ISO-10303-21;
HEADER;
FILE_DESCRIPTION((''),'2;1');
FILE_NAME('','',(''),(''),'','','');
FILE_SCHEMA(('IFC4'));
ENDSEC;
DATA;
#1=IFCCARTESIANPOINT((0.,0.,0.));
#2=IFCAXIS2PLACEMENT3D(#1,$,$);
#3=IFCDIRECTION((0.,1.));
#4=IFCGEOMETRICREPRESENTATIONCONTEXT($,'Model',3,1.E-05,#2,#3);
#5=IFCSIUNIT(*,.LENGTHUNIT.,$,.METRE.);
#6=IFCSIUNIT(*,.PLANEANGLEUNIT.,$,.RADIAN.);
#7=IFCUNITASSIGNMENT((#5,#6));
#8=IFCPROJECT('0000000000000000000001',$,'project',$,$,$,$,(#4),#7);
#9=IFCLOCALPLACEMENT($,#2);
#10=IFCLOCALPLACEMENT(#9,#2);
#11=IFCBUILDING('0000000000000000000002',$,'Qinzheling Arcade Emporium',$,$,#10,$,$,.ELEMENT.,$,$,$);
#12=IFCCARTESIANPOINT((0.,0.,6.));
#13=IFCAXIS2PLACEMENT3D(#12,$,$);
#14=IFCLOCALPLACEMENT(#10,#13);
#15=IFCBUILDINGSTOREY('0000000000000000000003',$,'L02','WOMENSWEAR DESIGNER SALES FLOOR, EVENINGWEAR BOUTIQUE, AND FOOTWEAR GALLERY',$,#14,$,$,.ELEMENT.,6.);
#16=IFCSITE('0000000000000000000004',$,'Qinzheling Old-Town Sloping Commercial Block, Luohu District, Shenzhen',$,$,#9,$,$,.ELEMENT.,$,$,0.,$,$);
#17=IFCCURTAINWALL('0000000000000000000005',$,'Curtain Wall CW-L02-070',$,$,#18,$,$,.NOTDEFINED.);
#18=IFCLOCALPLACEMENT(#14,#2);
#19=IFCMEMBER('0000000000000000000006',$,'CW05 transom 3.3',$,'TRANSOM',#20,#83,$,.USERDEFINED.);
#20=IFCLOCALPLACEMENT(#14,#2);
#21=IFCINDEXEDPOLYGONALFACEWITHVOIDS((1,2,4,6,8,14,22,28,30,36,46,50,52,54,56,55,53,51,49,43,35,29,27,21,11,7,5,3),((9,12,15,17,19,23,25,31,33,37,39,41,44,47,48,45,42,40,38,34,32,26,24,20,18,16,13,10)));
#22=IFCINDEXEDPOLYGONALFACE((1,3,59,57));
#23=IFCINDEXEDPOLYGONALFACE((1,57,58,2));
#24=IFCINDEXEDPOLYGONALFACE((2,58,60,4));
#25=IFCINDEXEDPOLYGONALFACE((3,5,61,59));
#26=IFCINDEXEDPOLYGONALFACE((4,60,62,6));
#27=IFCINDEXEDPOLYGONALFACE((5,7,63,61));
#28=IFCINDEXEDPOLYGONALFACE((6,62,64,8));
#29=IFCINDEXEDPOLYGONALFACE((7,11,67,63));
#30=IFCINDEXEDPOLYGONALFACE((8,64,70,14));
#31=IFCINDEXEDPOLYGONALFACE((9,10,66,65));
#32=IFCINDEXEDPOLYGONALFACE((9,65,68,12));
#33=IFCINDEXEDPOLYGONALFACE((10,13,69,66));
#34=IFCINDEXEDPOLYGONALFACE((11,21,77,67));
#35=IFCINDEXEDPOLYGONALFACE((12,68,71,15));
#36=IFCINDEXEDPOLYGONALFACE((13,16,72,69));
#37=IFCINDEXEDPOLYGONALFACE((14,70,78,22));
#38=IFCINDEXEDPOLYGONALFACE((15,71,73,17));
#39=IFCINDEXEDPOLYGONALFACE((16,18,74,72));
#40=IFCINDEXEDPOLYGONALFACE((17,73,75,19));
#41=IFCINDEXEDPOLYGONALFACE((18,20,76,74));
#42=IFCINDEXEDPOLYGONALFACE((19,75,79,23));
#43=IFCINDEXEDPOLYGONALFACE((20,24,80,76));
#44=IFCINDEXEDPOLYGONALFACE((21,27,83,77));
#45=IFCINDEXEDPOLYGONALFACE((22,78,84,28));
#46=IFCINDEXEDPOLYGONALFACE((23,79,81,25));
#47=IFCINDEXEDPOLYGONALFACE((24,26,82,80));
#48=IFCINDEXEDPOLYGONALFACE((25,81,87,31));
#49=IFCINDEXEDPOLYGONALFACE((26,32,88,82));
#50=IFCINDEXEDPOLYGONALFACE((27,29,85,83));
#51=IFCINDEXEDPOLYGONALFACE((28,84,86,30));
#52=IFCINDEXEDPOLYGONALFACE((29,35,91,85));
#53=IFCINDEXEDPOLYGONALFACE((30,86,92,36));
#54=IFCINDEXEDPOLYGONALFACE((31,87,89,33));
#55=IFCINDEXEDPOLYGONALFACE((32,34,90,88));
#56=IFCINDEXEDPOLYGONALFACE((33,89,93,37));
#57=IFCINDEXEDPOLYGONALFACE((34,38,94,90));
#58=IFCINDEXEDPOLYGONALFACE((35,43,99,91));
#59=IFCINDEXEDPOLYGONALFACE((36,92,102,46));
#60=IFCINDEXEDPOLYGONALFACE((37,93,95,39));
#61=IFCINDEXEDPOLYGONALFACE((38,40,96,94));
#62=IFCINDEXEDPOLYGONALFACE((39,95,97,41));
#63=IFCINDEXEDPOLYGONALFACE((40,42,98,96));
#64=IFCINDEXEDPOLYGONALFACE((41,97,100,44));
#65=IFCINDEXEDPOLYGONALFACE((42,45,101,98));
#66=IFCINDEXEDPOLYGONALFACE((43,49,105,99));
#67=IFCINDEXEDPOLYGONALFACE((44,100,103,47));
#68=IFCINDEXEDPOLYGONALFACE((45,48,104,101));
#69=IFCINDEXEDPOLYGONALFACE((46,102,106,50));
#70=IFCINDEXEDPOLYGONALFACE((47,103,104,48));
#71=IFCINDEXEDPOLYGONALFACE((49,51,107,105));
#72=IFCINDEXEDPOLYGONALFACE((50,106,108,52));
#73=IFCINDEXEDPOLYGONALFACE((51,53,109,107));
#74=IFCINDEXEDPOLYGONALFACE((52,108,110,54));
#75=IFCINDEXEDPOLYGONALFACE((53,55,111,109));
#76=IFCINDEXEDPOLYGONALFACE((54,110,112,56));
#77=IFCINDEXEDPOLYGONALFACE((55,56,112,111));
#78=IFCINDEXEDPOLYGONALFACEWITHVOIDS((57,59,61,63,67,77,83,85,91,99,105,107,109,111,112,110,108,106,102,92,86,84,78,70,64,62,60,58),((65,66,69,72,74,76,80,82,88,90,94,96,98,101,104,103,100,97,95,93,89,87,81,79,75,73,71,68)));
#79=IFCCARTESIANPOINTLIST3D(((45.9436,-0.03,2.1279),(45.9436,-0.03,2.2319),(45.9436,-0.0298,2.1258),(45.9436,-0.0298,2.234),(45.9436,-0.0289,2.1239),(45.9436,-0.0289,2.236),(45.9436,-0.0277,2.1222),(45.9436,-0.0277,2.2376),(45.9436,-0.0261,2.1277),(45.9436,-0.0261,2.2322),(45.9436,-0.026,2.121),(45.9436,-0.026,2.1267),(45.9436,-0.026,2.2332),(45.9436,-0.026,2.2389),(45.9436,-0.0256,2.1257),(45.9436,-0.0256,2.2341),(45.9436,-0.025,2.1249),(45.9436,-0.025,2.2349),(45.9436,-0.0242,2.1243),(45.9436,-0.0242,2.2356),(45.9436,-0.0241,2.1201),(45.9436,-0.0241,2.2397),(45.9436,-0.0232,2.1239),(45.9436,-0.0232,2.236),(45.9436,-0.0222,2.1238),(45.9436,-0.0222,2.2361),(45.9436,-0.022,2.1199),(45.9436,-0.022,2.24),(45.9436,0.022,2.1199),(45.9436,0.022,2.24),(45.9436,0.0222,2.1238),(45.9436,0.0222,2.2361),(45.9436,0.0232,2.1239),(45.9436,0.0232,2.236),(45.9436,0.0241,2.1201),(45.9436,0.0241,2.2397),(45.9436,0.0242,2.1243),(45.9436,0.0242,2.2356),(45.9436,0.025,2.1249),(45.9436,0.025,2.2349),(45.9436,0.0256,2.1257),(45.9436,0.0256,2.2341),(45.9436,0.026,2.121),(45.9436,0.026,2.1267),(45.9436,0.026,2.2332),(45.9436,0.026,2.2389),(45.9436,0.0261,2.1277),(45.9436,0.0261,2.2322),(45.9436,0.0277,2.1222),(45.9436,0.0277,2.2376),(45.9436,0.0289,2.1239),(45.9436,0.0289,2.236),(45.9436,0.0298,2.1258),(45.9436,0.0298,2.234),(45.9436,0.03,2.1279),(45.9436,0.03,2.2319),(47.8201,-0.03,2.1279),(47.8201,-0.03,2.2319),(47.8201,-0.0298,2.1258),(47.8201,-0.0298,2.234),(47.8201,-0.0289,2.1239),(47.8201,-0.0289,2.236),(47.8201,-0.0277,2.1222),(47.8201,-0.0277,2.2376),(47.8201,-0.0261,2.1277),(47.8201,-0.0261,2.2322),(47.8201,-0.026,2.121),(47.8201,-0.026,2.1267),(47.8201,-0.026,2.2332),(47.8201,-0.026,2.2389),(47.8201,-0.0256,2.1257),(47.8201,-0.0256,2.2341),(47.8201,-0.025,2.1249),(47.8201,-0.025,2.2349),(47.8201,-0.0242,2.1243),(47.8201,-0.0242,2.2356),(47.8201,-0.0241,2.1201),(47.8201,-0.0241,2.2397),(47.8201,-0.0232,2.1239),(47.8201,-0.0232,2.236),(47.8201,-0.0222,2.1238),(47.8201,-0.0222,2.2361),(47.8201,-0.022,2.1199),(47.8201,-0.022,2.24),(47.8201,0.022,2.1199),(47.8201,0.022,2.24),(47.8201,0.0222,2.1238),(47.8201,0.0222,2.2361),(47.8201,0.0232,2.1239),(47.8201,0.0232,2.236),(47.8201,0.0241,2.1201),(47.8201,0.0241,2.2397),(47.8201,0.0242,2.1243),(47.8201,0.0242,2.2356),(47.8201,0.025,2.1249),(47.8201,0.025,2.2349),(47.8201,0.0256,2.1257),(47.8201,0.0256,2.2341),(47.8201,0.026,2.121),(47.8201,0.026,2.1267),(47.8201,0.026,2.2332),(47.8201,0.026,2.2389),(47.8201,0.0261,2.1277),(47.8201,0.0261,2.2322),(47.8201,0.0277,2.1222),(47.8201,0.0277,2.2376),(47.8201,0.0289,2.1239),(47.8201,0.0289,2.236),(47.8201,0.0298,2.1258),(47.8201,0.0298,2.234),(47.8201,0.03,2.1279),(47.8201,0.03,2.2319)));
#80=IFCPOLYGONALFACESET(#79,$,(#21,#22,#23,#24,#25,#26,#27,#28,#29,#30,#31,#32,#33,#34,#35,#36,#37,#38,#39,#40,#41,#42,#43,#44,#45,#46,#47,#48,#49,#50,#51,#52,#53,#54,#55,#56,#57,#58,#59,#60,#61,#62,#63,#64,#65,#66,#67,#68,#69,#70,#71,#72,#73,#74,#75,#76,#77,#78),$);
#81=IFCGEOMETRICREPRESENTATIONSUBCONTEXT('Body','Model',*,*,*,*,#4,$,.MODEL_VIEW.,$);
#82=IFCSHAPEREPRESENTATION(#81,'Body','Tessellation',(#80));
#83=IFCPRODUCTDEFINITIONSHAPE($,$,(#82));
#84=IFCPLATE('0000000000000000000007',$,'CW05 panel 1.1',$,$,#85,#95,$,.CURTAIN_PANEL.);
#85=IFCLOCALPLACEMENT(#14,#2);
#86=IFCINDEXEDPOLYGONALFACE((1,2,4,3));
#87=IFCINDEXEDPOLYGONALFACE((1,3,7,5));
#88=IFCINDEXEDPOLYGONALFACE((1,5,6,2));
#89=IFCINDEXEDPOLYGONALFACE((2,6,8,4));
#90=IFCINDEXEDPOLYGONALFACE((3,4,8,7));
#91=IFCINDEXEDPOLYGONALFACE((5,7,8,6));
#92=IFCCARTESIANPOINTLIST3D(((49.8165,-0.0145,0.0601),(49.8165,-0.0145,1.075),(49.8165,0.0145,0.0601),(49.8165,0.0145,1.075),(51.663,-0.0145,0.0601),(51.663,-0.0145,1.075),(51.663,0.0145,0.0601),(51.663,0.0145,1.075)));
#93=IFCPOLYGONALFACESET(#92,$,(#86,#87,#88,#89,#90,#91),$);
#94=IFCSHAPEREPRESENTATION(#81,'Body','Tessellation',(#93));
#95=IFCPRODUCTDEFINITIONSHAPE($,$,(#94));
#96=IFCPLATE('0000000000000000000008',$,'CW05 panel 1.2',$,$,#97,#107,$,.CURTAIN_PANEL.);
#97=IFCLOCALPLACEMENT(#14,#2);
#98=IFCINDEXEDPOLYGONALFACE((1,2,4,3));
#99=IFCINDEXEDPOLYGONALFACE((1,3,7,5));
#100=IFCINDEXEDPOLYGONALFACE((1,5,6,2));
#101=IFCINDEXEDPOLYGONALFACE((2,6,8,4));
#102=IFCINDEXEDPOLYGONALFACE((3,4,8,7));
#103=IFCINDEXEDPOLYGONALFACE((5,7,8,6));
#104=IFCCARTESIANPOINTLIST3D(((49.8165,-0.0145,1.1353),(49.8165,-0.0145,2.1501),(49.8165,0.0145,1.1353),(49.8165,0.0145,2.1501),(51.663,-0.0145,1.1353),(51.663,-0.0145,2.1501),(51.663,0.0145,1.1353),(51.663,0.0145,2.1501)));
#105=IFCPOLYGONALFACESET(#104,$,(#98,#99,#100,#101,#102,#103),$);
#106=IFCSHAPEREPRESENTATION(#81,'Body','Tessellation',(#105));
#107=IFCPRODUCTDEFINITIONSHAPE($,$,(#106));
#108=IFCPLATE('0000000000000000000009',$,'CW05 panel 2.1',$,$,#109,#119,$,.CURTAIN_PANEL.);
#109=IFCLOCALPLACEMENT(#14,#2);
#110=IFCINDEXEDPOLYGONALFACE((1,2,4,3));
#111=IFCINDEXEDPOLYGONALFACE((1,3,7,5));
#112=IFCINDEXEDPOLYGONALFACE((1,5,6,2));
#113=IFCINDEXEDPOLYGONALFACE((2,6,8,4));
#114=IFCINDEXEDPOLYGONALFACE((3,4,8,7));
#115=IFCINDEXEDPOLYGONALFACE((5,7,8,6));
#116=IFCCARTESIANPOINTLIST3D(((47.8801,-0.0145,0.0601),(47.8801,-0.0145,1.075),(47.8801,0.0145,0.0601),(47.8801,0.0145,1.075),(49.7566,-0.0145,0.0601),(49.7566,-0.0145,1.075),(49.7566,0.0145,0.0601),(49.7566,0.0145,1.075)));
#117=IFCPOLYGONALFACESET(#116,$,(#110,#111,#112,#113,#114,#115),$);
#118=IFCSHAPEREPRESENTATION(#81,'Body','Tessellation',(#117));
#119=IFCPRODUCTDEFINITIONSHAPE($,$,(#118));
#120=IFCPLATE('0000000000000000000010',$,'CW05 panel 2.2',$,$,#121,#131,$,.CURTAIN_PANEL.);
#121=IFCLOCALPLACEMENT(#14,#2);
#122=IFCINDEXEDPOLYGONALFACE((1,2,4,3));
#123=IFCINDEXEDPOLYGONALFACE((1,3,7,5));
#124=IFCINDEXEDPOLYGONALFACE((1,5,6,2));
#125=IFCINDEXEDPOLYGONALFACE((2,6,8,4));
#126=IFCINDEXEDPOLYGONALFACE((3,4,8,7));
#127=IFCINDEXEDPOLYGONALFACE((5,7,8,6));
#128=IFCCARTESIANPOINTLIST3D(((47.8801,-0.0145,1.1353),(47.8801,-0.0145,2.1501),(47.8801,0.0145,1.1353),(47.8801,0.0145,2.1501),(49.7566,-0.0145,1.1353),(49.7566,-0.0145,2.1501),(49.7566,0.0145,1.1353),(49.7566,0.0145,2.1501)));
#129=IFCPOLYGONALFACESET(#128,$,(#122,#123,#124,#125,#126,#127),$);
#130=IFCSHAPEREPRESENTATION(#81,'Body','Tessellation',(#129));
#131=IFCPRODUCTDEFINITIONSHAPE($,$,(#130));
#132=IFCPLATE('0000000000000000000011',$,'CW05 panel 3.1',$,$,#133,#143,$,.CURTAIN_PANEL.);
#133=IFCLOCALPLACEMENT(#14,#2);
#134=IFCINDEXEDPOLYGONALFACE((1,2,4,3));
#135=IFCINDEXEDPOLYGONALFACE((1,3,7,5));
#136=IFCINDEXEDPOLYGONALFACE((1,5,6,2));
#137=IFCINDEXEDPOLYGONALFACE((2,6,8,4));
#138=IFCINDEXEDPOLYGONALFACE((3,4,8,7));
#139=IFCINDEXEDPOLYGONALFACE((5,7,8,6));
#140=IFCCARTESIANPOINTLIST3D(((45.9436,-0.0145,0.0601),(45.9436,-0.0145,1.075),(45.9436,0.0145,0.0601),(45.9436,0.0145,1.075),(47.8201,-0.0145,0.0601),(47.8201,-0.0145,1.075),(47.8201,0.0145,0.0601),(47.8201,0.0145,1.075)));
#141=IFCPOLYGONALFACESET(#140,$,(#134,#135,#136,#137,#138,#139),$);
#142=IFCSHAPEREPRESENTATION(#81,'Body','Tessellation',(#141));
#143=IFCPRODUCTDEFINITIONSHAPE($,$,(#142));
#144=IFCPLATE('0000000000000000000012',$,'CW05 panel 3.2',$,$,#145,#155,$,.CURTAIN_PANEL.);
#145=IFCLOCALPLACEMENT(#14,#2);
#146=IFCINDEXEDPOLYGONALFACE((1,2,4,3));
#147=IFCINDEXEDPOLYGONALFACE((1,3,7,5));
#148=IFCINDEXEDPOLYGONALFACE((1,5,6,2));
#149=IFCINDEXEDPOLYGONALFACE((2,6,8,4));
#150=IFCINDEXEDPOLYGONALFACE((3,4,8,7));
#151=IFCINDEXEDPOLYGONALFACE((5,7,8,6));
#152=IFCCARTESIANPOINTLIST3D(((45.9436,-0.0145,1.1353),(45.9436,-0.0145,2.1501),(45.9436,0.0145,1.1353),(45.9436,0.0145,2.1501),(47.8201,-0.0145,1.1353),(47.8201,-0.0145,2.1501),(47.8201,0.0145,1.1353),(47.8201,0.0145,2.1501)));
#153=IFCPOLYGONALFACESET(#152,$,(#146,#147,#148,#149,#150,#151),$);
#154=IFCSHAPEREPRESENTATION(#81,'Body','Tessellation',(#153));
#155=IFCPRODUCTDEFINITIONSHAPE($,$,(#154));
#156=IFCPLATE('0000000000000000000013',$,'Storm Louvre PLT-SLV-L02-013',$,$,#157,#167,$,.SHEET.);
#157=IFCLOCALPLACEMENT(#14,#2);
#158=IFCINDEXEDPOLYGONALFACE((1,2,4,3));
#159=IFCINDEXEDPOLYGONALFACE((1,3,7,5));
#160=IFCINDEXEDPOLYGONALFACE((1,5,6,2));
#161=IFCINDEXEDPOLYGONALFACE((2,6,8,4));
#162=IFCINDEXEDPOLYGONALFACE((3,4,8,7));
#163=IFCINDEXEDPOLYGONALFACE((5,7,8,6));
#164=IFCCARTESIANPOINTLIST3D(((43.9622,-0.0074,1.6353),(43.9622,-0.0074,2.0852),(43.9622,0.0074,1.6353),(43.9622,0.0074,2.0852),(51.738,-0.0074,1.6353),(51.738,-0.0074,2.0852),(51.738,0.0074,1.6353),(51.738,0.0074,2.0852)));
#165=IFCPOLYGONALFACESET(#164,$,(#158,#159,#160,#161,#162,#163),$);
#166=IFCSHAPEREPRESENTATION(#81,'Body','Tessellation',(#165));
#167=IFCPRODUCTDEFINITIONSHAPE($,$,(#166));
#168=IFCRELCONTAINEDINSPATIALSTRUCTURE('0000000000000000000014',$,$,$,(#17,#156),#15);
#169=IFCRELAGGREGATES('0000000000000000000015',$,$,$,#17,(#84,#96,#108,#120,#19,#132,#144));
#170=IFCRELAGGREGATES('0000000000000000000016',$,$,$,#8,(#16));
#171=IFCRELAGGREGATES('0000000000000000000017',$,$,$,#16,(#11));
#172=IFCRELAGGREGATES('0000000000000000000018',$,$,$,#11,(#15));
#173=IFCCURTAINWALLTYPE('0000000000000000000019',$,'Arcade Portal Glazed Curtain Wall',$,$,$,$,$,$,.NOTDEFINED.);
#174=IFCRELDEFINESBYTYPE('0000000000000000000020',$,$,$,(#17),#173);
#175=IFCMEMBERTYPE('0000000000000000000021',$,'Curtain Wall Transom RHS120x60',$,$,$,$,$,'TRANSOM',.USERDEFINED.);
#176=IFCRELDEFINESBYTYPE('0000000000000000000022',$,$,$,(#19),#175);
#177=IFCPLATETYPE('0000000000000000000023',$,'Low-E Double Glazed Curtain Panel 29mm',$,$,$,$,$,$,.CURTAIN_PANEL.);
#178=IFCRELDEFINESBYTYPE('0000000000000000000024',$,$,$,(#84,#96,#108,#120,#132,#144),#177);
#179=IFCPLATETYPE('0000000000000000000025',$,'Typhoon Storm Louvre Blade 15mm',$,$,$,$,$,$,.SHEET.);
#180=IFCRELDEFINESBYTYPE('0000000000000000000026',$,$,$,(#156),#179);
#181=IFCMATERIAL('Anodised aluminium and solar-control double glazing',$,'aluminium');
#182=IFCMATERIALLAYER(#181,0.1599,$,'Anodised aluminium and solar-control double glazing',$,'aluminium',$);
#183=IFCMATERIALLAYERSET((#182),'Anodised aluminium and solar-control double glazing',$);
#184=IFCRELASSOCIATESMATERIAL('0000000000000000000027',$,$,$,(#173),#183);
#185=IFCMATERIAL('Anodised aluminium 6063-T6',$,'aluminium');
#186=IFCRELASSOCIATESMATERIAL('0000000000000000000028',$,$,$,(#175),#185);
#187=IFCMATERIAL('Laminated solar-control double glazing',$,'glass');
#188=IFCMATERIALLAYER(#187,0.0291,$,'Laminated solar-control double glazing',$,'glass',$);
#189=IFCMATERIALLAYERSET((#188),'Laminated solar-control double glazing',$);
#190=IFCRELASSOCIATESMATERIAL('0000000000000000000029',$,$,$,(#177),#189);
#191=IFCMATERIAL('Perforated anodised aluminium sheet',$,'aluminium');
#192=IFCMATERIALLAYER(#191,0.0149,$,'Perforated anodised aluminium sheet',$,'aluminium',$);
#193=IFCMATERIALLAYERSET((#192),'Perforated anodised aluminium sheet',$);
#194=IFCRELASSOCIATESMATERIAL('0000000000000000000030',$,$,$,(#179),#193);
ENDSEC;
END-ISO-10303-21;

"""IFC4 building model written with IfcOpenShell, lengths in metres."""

from ifc_helpers import new_model, si_unit, direction, frame, origin, origin_2d, place, context, subcontext, project, spatial, rectangle, hollow_rectangle, extrude, material, layer, layer_set, material_profile, profile_set, type_object, element, aggregate, save


model = new_model("IFC4")

# Units and contexts
model_context = context("Model", 3, precision=1e-05, world=origin(), true_north=direction((0.0, 1.0)))
body_context = subcontext(model_context, "Body", "Model", "MODEL_VIEW")
ifc_project = project(units=[si_unit("LENGTHUNIT", "METRE"), si_unit("PLANEANGLEUNIT", "RADIAN")], contexts=[model_context])

# Site, building, storey
site_placement = place(None, origin())
site = spatial("IfcSite", under=ifc_project, at=site_placement, Name="Qinzheling Old-Town Sloping Commercial Block, Luohu District, Shenzhen", CompositionType="ELEMENT", RefElevation=0.0)
building_placement = place(site_placement, origin())
building = spatial("IfcBuilding", under=site, at=building_placement, Name="Qinzheling Arcade Emporium", CompositionType="ELEMENT")
storey_placement = place(building_placement, frame((0.0, 0.0, 6.0)))
storey = spatial("IfcBuildingStorey", under=building, at=storey_placement, Name="L02", Description="WOMENSWEAR DESIGNER SALES FLOOR, EVENINGWEAR BOUTIQUE, AND FOOTWEAR GALLERY", CompositionType="ELEMENT", Elevation=6.0)

# Curtain wall, member, plates
ifc_material_1 = material(Name="Anodised aluminium and solar-control double glazing", Category="aluminium")
ifc_layer_1 = layer(ifc_material_1, 0.1599, Name="Anodised aluminium and solar-control double glazing", Category="aluminium")
ifc_layer_set_1 = layer_set([ifc_layer_1], Name="Anodised aluminium and solar-control double glazing")
curtain_wall_type = type_object("IfcCurtainWallType", Name="Arcade Portal Glazed Curtain Wall", PredefinedType="NOTDEFINED", material=ifc_layer_set_1)
curtain_wall_placement = place(storey_placement, origin())
curtain_wall = element("IfcCurtainWall", 1, at=curtain_wall_placement, inside=storey, type_object=curtain_wall_type, Name="Curtain Wall CW-L02-070", PredefinedType="NOTDEFINED")
ifc_material_2 = material(Name="Anodised aluminium 6063-T6", Category="aluminium")
ifc_material_profile_1 = material_profile(ifc_material_2, hollow_rectangle(XDim=0.0601, YDim=0.1201, WallThickness=0.0039, InnerFilletRadius=0.0039, OuterFilletRadius=0.0081, at=origin_2d()), Name="RHS 120x60x4", Category="aluminium")
ifc_profile_set_1 = profile_set([ifc_material_profile_1], Name="Anodised aluminium 6063-T6")
member_type_1 = type_object("IfcMemberType", Name="Curtain Wall Transom RHS120x60", ElementType="TRANSOM", PredefinedType="USERDEFINED", material=ifc_profile_set_1)
member_1_placement = place(storey_placement, frame((47.8201, 0.0, 2.1799), z_axis=(-1.0, 0.0, 0.0), x_axis=(0.0, -1.0, 0.0)))
member_1 = element("IfcMember", 2, at=member_1_placement, type_object=member_type_1, Name="CW05 transom 3.3", ObjectType="TRANSOM", PredefinedType="USERDEFINED", context=body_context, shape_type="SweptSolid", body=[
    extrude(hollow_rectangle(XDim=0.0601, YDim=0.1201, WallThickness=0.0039, InnerFilletRadius=0.0039, OuterFilletRadius=0.0081, at=origin_2d()), origin(), (0.0, 0.0, 1.0), 1.8765),
])
ifc_material_3 = material(Name="Laminated solar-control double glazing", Category="glass")
ifc_layer_2 = layer(ifc_material_3, 0.0291, Name="Laminated solar-control double glazing", Category="glass")
ifc_layer_set_2 = layer_set([ifc_layer_2], Name="Laminated solar-control double glazing")
plate_type_1 = type_object("IfcPlateType", Name="Low-E Double Glazed Curtain Panel 29mm", PredefinedType="CURTAIN_PANEL", material=ifc_layer_set_2)
plate_1_placement = place(storey_placement, frame((50.7397, 0.0, 0.0601), z_axis=(0.0, 0.0, 1.0), x_axis=(-1.0, 0.0, 0.0)))
plate_1 = element("IfcPlate", 3, at=plate_1_placement, type_object=plate_type_1, Name="CW05 panel 1.1", PredefinedType="CURTAIN_PANEL", context=body_context, shape_type="SweptSolid", body=[
    extrude(rectangle(XDim=1.8464, YDim=0.0291, at=origin_2d()), origin(), (0.0, 0.0, 1.0), 1.0149),
])
plate_2_placement = place(storey_placement, frame((50.7397, 0.0, 1.1353), z_axis=(0.0, 0.0, 1.0), x_axis=(-1.0, 0.0, 0.0)))
plate_2 = element("IfcPlate", 4, at=plate_2_placement, type_object=plate_type_1, Name="CW05 panel 1.2", PredefinedType="CURTAIN_PANEL", context=body_context, shape_type="SweptSolid", body=[
    extrude(rectangle(XDim=1.8464, YDim=0.0291, at=origin_2d()), origin(), (0.0, 0.0, 1.0), 1.0149),
])
plate_3_placement = place(storey_placement, frame((48.8184, 0.0, 0.0601), z_axis=(0.0, 0.0, 1.0), x_axis=(-1.0, 0.0, 0.0)))
plate_3 = element("IfcPlate", 5, at=plate_3_placement, type_object=plate_type_1, Name="CW05 panel 2.1", PredefinedType="CURTAIN_PANEL", context=body_context, shape_type="SweptSolid", body=[
    extrude(rectangle(XDim=1.8765, YDim=0.0291, at=origin_2d()), origin(), (0.0, 0.0, 1.0), 1.0149),
])
plate_4_placement = place(storey_placement, frame((48.8184, 0.0, 1.1353), z_axis=(0.0, 0.0, 1.0), x_axis=(-1.0, 0.0, 0.0)))
plate_4 = element("IfcPlate", 6, at=plate_4_placement, type_object=plate_type_1, Name="CW05 panel 2.2", PredefinedType="CURTAIN_PANEL", context=body_context, shape_type="SweptSolid", body=[
    extrude(rectangle(XDim=1.8765, YDim=0.0291, at=origin_2d()), origin(), (0.0, 0.0, 1.0), 1.0149),
])
plate_5_placement = place(storey_placement, frame((46.8818, 0.0, 0.0601), z_axis=(0.0, 0.0, 1.0), x_axis=(-1.0, 0.0, 0.0)))
plate_5 = element("IfcPlate", 7, at=plate_5_placement, type_object=plate_type_1, Name="CW05 panel 3.1", PredefinedType="CURTAIN_PANEL", context=body_context, shape_type="SweptSolid", body=[
    extrude(rectangle(XDim=1.8765, YDim=0.0291, at=origin_2d()), origin(), (0.0, 0.0, 1.0), 1.0149),
])
plate_6_placement = place(storey_placement, frame((46.8818, 0.0, 1.1353), z_axis=(0.0, 0.0, 1.0), x_axis=(-1.0, 0.0, 0.0)))
plate_6 = element("IfcPlate", 8, at=plate_6_placement, type_object=plate_type_1, Name="CW05 panel 3.2", PredefinedType="CURTAIN_PANEL", context=body_context, shape_type="SweptSolid", body=[
    extrude(rectangle(XDim=1.8765, YDim=0.0291, at=origin_2d()), origin(), (0.0, 0.0, 1.0), 1.0149),
])
aggregate(curtain_wall, [plate_1, plate_2, plate_3, plate_4, member_1, plate_5, plate_6])

# Plate
ifc_material_4 = material(Name="Perforated anodised aluminium sheet", Category="aluminium")
ifc_layer_3 = layer(ifc_material_4, 0.0149, Name="Perforated anodised aluminium sheet", Category="aluminium")
ifc_layer_set_3 = layer_set([ifc_layer_3], Name="Perforated anodised aluminium sheet")
plate_type_2 = type_object("IfcPlateType", Name="Typhoon Storm Louvre Blade 15mm", PredefinedType="SHEET", material=ifc_layer_set_3)
plate_7_placement = place(storey_placement, frame((47.8501, 0.0, 1.6353), z_axis=(0.0, 0.0, 1.0), x_axis=(-1.0, 0.0, 0.0)))
element("IfcPlate", 9, at=plate_7_placement, inside=storey, type_object=plate_type_2, Name="Storm Louvre PLT-SLV-L02-013", PredefinedType="SHEET", context=body_context, shape_type="SweptSolid", body=[
    extrude(rectangle(XDim=7.7759, YDim=0.0149, at=origin_2d()), origin(), (0.0, 0.0, 1.0), 0.45),
])

save(model, "model.ifc")
